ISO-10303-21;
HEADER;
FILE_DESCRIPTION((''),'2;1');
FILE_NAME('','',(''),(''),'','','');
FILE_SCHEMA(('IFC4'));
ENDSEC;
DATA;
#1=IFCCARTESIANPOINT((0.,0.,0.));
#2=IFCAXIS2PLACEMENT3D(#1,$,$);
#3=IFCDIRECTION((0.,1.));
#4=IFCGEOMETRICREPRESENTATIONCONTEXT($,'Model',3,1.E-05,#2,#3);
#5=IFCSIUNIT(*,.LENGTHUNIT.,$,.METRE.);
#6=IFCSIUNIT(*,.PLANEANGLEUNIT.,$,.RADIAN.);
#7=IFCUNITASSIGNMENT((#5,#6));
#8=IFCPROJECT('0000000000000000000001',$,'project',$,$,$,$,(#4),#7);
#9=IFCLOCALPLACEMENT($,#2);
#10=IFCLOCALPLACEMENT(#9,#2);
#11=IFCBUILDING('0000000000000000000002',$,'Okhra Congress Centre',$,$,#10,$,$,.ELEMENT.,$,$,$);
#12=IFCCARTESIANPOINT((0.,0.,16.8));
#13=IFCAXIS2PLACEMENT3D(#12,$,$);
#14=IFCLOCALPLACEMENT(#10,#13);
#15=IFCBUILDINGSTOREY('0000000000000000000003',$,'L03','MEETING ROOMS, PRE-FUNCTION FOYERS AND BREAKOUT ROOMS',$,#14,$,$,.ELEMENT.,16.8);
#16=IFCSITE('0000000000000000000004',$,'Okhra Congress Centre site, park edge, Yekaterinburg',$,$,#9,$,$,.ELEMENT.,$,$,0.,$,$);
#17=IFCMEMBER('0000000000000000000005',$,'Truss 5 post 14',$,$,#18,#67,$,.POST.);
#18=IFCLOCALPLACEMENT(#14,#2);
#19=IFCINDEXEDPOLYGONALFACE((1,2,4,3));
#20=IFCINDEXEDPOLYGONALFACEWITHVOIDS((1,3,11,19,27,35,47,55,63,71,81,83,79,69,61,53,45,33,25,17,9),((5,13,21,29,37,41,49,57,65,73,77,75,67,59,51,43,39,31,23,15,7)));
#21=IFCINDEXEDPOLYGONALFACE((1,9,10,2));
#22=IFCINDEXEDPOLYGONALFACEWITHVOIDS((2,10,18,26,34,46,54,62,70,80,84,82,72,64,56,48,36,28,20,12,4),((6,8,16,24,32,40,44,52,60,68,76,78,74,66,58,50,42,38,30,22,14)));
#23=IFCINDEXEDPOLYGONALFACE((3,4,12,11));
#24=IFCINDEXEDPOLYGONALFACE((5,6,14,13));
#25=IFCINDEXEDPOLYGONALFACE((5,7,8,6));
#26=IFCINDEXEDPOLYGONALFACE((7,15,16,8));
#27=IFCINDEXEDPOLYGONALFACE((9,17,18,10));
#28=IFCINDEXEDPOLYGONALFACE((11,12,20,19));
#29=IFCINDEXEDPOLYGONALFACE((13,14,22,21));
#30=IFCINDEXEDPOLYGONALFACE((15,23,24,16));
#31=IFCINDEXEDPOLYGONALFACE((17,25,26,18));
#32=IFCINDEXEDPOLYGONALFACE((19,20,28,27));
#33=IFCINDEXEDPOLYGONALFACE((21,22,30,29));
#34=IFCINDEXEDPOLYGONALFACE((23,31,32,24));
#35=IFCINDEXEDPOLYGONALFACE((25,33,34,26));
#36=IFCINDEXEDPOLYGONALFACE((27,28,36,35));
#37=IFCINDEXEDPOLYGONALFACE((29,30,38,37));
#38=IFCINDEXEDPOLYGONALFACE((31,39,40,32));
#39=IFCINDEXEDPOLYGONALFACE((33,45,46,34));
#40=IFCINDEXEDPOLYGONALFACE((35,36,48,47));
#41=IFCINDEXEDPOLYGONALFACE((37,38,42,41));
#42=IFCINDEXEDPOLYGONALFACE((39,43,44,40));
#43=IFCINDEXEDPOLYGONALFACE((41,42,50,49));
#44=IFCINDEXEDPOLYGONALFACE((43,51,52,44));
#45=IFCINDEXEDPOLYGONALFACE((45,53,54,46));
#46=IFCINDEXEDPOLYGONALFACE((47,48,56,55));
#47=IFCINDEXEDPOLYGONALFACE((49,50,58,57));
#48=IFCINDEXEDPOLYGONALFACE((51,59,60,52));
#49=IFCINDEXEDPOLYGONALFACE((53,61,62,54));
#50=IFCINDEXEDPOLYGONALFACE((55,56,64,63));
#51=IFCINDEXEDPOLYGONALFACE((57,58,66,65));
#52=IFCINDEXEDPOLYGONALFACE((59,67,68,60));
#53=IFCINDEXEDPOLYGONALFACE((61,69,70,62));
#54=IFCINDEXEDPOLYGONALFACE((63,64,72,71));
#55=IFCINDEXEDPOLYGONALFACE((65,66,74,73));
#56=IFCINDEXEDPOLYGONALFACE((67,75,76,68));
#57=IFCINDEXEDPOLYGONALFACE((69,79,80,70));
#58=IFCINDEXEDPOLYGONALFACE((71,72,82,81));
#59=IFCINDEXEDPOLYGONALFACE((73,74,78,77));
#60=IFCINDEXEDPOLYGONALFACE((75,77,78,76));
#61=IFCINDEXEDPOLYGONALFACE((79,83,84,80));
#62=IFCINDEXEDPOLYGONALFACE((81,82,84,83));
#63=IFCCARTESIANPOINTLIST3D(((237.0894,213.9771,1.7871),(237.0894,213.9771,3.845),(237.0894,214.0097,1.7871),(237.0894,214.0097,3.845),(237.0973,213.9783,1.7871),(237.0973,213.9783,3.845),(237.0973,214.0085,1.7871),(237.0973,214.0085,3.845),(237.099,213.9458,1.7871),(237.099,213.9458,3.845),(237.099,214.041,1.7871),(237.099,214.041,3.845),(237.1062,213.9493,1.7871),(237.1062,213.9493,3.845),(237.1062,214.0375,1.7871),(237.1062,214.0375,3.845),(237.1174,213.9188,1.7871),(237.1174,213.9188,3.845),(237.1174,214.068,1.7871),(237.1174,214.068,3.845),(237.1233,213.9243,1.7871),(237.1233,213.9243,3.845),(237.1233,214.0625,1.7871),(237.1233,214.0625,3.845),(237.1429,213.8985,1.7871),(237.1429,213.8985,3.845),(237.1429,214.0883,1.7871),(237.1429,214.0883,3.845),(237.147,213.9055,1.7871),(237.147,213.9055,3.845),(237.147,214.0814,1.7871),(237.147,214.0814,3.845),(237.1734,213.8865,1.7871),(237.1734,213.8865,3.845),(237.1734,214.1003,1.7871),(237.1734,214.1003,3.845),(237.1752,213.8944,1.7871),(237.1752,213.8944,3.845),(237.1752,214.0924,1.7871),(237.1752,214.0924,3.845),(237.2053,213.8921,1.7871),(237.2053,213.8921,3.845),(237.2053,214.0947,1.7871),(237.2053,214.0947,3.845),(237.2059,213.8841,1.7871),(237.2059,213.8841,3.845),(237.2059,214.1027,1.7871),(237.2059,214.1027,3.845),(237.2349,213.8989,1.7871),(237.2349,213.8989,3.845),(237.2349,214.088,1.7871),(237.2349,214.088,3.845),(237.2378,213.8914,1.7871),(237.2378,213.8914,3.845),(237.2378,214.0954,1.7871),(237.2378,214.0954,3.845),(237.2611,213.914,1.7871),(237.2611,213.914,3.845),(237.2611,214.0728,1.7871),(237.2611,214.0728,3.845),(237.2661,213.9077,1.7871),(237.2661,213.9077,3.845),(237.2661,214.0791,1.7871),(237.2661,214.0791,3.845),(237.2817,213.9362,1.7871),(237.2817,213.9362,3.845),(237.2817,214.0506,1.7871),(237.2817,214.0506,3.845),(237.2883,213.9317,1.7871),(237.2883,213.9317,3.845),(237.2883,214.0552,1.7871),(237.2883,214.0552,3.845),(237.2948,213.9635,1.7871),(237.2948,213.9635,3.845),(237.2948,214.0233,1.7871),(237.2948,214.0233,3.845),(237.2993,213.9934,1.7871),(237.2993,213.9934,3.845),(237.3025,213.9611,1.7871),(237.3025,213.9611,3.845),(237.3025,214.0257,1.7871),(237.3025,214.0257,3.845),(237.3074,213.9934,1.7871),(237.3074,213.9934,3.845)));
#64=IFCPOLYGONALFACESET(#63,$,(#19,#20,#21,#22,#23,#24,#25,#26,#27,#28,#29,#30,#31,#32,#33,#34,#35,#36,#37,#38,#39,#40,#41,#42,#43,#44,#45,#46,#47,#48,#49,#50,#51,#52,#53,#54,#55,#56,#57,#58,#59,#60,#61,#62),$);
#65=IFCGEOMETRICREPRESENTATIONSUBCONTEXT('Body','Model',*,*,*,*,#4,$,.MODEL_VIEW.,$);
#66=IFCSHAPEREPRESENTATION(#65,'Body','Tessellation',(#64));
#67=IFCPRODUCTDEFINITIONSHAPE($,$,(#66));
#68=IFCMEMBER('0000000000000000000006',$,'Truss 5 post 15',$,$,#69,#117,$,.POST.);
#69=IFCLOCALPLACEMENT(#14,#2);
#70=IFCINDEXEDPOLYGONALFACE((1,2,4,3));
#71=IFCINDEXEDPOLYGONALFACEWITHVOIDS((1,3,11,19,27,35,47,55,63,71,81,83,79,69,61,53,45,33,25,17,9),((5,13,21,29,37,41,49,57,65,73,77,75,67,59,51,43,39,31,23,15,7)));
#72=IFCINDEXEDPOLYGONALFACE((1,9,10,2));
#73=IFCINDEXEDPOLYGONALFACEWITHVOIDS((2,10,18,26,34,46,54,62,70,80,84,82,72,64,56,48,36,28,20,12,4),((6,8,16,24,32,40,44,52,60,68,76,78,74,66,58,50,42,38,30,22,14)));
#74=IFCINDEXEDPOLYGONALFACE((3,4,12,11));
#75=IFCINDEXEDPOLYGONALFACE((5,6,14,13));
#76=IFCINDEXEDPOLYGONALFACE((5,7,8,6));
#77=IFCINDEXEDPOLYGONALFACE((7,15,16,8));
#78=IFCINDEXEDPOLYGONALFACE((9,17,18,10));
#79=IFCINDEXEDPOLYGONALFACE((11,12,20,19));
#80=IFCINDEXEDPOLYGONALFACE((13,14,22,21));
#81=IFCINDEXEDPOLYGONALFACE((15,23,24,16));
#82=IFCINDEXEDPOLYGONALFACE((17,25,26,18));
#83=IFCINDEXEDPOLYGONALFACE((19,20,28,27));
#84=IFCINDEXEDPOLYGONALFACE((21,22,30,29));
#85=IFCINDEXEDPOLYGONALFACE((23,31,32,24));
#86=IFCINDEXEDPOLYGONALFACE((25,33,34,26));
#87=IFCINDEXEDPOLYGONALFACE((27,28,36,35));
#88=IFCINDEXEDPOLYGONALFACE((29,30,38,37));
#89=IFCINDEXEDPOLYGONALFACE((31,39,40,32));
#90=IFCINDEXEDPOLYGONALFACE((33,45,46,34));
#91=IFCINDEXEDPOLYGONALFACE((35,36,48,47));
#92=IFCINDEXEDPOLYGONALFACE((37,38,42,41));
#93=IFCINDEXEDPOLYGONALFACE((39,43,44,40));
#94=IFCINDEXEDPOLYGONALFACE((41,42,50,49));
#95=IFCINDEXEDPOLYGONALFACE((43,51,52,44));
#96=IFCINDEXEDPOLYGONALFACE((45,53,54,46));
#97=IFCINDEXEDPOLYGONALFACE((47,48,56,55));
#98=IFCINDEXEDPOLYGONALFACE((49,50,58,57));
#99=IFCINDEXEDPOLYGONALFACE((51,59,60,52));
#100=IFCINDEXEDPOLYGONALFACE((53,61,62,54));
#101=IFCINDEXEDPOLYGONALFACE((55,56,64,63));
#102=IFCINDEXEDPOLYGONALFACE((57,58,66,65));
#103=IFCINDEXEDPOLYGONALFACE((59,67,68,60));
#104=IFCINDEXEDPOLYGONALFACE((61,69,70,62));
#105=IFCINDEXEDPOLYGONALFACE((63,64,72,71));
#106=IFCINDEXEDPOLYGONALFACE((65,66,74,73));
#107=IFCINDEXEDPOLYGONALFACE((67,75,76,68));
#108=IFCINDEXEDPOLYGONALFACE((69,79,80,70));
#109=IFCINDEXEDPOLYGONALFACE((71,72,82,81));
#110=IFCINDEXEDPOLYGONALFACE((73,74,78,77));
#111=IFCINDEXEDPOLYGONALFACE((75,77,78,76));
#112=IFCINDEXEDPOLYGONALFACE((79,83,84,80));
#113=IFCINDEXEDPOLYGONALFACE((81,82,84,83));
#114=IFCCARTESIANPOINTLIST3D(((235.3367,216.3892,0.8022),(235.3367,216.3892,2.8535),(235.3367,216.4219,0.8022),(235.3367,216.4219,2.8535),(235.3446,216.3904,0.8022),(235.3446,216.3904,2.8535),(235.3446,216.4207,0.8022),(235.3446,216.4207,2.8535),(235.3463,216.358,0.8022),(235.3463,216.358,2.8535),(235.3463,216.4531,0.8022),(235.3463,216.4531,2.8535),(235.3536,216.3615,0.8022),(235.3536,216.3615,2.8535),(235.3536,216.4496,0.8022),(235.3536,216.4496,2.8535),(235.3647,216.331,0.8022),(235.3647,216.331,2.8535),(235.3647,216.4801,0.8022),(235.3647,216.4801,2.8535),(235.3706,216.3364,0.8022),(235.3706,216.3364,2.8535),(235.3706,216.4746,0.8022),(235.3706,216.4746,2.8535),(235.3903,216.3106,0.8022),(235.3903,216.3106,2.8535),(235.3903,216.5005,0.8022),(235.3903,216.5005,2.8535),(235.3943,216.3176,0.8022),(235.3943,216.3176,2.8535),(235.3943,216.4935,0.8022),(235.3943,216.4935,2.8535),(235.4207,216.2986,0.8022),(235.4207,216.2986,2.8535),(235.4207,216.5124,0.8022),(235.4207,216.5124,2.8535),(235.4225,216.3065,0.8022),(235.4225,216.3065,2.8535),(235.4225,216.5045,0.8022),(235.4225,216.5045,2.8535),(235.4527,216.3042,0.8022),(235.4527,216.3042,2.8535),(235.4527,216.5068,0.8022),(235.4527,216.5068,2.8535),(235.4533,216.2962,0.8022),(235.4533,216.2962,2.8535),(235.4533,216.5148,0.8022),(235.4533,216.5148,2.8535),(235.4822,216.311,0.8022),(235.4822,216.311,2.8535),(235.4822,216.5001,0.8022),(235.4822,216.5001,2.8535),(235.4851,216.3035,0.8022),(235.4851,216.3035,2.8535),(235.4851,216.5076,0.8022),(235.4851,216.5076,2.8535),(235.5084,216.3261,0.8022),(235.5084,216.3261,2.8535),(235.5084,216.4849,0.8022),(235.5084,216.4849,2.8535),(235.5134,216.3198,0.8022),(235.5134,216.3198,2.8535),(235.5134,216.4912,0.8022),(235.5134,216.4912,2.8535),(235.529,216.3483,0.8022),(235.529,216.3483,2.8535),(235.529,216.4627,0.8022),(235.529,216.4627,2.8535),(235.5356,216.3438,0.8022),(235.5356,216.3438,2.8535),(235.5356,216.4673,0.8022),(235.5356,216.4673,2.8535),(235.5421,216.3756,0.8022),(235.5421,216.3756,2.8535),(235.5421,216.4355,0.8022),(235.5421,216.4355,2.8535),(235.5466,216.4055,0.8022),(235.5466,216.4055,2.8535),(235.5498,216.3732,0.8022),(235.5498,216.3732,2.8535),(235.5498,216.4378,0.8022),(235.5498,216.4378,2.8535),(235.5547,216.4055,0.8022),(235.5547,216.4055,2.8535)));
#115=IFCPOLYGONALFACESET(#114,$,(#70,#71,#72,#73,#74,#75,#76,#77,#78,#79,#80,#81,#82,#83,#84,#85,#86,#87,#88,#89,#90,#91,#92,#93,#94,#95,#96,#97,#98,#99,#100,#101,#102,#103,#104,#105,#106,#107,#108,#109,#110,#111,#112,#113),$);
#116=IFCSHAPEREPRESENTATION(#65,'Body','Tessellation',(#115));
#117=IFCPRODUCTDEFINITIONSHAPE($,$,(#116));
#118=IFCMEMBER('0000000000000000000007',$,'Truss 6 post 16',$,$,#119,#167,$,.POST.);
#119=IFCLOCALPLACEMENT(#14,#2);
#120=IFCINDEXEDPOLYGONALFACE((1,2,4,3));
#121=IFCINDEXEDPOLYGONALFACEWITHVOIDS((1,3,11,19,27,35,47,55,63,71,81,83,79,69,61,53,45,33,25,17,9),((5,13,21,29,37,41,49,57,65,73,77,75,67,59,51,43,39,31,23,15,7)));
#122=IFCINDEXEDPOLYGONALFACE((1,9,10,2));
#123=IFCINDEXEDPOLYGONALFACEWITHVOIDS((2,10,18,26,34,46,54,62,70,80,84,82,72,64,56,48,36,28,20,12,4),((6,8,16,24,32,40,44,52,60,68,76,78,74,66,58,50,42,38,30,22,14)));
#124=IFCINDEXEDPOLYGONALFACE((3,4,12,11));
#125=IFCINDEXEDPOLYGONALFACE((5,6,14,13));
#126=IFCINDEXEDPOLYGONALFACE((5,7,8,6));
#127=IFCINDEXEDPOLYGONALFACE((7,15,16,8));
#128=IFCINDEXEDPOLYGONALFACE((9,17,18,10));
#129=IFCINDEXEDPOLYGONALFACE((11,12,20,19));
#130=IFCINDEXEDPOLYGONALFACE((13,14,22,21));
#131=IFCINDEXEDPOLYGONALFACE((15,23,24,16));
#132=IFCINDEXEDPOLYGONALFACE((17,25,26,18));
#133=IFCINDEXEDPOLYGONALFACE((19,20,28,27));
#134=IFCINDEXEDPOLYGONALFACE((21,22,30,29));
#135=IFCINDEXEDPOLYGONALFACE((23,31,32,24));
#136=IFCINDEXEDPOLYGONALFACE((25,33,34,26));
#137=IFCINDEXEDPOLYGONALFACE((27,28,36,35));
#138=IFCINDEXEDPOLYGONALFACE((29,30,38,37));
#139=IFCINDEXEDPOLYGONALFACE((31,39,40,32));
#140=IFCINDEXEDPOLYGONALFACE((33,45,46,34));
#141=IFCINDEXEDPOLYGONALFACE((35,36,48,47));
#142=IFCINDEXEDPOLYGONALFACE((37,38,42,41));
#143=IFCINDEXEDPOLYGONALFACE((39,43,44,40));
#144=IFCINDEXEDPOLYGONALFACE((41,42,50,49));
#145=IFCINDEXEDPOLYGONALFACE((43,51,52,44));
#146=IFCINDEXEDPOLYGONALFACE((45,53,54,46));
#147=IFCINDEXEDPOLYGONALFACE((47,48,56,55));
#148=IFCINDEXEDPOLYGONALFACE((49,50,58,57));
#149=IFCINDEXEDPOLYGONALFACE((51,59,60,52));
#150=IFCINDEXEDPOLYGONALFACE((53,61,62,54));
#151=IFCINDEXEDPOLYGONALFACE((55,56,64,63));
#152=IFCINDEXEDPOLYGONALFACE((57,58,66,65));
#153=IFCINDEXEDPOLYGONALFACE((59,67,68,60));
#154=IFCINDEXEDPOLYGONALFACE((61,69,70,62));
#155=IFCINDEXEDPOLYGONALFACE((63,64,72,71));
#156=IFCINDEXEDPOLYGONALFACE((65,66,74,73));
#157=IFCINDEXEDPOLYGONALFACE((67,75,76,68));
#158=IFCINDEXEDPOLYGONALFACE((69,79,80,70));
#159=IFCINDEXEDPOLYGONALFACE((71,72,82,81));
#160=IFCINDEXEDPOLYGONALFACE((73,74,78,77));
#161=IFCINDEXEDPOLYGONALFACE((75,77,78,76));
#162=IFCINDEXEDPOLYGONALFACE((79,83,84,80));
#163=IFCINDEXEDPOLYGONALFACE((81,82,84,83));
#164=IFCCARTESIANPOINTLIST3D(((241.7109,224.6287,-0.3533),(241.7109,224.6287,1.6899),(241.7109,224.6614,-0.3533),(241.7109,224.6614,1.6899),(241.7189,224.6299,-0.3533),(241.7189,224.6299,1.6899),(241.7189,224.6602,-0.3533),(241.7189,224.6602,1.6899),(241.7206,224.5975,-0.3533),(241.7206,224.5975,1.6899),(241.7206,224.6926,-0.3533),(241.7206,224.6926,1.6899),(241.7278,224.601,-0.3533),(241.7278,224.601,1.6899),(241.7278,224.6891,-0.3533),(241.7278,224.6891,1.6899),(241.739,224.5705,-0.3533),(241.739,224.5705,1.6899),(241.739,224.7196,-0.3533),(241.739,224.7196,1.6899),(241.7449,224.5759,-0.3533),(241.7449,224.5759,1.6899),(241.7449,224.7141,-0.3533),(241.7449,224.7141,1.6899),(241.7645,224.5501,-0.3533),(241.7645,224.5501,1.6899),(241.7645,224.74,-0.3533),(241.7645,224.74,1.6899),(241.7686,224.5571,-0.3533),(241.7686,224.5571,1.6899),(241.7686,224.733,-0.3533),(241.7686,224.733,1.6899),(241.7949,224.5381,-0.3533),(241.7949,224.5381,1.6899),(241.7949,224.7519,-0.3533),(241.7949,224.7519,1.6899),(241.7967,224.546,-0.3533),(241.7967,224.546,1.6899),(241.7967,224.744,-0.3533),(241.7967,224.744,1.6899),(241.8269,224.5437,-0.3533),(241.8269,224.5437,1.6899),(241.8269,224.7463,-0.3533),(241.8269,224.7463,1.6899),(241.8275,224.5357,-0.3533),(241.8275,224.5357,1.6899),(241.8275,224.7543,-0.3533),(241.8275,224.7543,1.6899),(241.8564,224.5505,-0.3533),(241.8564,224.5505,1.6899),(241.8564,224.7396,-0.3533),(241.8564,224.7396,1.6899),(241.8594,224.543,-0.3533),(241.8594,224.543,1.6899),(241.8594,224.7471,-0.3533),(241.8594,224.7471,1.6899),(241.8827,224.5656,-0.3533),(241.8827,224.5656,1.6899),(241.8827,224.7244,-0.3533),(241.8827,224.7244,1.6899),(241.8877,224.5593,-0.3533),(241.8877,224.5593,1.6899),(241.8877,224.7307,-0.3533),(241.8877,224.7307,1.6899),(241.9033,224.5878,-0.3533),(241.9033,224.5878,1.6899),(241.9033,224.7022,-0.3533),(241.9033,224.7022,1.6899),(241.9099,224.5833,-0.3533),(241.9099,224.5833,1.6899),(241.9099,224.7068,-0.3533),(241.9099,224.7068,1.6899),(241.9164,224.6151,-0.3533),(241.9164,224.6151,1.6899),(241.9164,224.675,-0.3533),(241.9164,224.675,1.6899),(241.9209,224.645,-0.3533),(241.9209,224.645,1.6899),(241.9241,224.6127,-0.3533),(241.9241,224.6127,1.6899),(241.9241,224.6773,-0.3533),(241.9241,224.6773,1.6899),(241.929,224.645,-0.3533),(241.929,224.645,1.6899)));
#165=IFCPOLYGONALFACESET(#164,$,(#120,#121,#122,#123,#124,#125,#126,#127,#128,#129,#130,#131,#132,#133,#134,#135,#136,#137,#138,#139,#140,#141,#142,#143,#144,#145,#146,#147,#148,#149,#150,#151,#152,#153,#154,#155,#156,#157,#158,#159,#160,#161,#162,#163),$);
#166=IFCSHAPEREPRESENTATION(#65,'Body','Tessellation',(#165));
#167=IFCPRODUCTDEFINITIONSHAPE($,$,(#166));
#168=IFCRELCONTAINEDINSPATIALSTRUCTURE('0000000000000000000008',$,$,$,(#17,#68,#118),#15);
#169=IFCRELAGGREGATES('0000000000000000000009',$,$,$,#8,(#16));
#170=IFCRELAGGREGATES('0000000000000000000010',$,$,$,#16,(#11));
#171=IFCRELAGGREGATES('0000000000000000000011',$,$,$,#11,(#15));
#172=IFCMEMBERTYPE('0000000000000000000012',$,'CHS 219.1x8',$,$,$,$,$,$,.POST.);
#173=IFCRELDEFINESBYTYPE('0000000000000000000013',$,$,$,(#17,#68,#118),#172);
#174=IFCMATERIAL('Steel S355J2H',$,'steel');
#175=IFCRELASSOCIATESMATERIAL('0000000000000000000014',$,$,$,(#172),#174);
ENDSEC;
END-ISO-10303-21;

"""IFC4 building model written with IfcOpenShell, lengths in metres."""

from ifc_helpers import new_model, si_unit, direction, frame, origin, origin_2d, place, context, subcontext, project, spatial, hollow_circle, extrude, material, material_profile, profile_set, type_object, element, save


model = new_model("IFC4")

# Units and contexts
model_context = context("Model", 3, precision=1e-05, world=origin(), true_north=direction((0.0, 1.0)))
body_context = subcontext(model_context, "Body", "Model", "MODEL_VIEW")
ifc_project = project(units=[si_unit("LENGTHUNIT", "METRE"), si_unit("PLANEANGLEUNIT", "RADIAN")], contexts=[model_context])

# Site, building, storey
site_placement = place(None, origin())
site = spatial("IfcSite", under=ifc_project, at=site_placement, Name="Okhra Congress Centre site, park edge, Yekaterinburg", CompositionType="ELEMENT", RefElevation=0.0)
building_placement = place(site_placement, origin())
building = spatial("IfcBuilding", under=site, at=building_placement, Name="Okhra Congress Centre", CompositionType="ELEMENT")
storey_placement = place(building_placement, frame((0.0, 0.0, 16.8)))
storey = spatial("IfcBuildingStorey", under=building, at=storey_placement, Name="L03", Description="MEETING ROOMS, PRE-FUNCTION FOYERS AND BREAKOUT ROOMS", CompositionType="ELEMENT", Elevation=16.8)

# Members
ifc_material_1 = material(Name="Steel S355J2H", Category="steel")
ifc_material_profile_1 = material_profile(ifc_material_1, hollow_circle(Radius=0.1096, WallThickness=0.0081, at=origin_2d()), Name="CHS 219.1x8")
ifc_profile_set_1 = profile_set([ifc_material_profile_1], Name="Steel S355J2H")
member_type_1 = type_object("IfcMemberType", Name="CHS 219.1x8", PredefinedType="POST", material=ifc_profile_set_1)
member_1_placement = place(storey_placement, frame((237.1978, 213.9934, 1.7871), z_axis=(0.0, 0.0, 1.0), x_axis=(1.0, 0.0, 0.0)))
element("IfcMember", 1, at=member_1_placement, inside=storey, type_object=member_type_1, Name="Truss 5 post 14", PredefinedType="POST", context=body_context, shape_type="SweptSolid", body=[
    extrude(hollow_circle(Radius=0.1096, WallThickness=0.0081, at=origin_2d()), origin(), (0.0, 0.0, 1.0), 2.0579),
])
member_2_placement = place(storey_placement, frame((235.4451, 216.4055, 0.8022), z_axis=(0.0, 0.0, 1.0), x_axis=(1.0, 0.0, 0.0)))
element("IfcMember", 2, at=member_2_placement, inside=storey, type_object=member_type_1, Name="Truss 5 post 15", PredefinedType="POST", context=body_context, shape_type="SweptSolid", body=[
    extrude(hollow_circle(Radius=0.1096, WallThickness=0.0081, at=origin_2d()), origin(), (0.0, 0.0, 1.0), 2.0513),
])
member_3_placement = place(storey_placement, frame((241.8193, 224.645, -0.3533), z_axis=(0.0, 0.0, 1.0), x_axis=(1.0, 0.0, 0.0)))
element("IfcMember", 3, at=member_3_placement, inside=storey, type_object=member_type_1, Name="Truss 6 post 16", PredefinedType="POST", context=body_context, shape_type="SweptSolid", body=[
    extrude(hollow_circle(Radius=0.1096, WallThickness=0.0081, at=origin_2d()), origin(), (0.0, 0.0, 1.0), 2.0432),
])

save(model, "model.ifc")
